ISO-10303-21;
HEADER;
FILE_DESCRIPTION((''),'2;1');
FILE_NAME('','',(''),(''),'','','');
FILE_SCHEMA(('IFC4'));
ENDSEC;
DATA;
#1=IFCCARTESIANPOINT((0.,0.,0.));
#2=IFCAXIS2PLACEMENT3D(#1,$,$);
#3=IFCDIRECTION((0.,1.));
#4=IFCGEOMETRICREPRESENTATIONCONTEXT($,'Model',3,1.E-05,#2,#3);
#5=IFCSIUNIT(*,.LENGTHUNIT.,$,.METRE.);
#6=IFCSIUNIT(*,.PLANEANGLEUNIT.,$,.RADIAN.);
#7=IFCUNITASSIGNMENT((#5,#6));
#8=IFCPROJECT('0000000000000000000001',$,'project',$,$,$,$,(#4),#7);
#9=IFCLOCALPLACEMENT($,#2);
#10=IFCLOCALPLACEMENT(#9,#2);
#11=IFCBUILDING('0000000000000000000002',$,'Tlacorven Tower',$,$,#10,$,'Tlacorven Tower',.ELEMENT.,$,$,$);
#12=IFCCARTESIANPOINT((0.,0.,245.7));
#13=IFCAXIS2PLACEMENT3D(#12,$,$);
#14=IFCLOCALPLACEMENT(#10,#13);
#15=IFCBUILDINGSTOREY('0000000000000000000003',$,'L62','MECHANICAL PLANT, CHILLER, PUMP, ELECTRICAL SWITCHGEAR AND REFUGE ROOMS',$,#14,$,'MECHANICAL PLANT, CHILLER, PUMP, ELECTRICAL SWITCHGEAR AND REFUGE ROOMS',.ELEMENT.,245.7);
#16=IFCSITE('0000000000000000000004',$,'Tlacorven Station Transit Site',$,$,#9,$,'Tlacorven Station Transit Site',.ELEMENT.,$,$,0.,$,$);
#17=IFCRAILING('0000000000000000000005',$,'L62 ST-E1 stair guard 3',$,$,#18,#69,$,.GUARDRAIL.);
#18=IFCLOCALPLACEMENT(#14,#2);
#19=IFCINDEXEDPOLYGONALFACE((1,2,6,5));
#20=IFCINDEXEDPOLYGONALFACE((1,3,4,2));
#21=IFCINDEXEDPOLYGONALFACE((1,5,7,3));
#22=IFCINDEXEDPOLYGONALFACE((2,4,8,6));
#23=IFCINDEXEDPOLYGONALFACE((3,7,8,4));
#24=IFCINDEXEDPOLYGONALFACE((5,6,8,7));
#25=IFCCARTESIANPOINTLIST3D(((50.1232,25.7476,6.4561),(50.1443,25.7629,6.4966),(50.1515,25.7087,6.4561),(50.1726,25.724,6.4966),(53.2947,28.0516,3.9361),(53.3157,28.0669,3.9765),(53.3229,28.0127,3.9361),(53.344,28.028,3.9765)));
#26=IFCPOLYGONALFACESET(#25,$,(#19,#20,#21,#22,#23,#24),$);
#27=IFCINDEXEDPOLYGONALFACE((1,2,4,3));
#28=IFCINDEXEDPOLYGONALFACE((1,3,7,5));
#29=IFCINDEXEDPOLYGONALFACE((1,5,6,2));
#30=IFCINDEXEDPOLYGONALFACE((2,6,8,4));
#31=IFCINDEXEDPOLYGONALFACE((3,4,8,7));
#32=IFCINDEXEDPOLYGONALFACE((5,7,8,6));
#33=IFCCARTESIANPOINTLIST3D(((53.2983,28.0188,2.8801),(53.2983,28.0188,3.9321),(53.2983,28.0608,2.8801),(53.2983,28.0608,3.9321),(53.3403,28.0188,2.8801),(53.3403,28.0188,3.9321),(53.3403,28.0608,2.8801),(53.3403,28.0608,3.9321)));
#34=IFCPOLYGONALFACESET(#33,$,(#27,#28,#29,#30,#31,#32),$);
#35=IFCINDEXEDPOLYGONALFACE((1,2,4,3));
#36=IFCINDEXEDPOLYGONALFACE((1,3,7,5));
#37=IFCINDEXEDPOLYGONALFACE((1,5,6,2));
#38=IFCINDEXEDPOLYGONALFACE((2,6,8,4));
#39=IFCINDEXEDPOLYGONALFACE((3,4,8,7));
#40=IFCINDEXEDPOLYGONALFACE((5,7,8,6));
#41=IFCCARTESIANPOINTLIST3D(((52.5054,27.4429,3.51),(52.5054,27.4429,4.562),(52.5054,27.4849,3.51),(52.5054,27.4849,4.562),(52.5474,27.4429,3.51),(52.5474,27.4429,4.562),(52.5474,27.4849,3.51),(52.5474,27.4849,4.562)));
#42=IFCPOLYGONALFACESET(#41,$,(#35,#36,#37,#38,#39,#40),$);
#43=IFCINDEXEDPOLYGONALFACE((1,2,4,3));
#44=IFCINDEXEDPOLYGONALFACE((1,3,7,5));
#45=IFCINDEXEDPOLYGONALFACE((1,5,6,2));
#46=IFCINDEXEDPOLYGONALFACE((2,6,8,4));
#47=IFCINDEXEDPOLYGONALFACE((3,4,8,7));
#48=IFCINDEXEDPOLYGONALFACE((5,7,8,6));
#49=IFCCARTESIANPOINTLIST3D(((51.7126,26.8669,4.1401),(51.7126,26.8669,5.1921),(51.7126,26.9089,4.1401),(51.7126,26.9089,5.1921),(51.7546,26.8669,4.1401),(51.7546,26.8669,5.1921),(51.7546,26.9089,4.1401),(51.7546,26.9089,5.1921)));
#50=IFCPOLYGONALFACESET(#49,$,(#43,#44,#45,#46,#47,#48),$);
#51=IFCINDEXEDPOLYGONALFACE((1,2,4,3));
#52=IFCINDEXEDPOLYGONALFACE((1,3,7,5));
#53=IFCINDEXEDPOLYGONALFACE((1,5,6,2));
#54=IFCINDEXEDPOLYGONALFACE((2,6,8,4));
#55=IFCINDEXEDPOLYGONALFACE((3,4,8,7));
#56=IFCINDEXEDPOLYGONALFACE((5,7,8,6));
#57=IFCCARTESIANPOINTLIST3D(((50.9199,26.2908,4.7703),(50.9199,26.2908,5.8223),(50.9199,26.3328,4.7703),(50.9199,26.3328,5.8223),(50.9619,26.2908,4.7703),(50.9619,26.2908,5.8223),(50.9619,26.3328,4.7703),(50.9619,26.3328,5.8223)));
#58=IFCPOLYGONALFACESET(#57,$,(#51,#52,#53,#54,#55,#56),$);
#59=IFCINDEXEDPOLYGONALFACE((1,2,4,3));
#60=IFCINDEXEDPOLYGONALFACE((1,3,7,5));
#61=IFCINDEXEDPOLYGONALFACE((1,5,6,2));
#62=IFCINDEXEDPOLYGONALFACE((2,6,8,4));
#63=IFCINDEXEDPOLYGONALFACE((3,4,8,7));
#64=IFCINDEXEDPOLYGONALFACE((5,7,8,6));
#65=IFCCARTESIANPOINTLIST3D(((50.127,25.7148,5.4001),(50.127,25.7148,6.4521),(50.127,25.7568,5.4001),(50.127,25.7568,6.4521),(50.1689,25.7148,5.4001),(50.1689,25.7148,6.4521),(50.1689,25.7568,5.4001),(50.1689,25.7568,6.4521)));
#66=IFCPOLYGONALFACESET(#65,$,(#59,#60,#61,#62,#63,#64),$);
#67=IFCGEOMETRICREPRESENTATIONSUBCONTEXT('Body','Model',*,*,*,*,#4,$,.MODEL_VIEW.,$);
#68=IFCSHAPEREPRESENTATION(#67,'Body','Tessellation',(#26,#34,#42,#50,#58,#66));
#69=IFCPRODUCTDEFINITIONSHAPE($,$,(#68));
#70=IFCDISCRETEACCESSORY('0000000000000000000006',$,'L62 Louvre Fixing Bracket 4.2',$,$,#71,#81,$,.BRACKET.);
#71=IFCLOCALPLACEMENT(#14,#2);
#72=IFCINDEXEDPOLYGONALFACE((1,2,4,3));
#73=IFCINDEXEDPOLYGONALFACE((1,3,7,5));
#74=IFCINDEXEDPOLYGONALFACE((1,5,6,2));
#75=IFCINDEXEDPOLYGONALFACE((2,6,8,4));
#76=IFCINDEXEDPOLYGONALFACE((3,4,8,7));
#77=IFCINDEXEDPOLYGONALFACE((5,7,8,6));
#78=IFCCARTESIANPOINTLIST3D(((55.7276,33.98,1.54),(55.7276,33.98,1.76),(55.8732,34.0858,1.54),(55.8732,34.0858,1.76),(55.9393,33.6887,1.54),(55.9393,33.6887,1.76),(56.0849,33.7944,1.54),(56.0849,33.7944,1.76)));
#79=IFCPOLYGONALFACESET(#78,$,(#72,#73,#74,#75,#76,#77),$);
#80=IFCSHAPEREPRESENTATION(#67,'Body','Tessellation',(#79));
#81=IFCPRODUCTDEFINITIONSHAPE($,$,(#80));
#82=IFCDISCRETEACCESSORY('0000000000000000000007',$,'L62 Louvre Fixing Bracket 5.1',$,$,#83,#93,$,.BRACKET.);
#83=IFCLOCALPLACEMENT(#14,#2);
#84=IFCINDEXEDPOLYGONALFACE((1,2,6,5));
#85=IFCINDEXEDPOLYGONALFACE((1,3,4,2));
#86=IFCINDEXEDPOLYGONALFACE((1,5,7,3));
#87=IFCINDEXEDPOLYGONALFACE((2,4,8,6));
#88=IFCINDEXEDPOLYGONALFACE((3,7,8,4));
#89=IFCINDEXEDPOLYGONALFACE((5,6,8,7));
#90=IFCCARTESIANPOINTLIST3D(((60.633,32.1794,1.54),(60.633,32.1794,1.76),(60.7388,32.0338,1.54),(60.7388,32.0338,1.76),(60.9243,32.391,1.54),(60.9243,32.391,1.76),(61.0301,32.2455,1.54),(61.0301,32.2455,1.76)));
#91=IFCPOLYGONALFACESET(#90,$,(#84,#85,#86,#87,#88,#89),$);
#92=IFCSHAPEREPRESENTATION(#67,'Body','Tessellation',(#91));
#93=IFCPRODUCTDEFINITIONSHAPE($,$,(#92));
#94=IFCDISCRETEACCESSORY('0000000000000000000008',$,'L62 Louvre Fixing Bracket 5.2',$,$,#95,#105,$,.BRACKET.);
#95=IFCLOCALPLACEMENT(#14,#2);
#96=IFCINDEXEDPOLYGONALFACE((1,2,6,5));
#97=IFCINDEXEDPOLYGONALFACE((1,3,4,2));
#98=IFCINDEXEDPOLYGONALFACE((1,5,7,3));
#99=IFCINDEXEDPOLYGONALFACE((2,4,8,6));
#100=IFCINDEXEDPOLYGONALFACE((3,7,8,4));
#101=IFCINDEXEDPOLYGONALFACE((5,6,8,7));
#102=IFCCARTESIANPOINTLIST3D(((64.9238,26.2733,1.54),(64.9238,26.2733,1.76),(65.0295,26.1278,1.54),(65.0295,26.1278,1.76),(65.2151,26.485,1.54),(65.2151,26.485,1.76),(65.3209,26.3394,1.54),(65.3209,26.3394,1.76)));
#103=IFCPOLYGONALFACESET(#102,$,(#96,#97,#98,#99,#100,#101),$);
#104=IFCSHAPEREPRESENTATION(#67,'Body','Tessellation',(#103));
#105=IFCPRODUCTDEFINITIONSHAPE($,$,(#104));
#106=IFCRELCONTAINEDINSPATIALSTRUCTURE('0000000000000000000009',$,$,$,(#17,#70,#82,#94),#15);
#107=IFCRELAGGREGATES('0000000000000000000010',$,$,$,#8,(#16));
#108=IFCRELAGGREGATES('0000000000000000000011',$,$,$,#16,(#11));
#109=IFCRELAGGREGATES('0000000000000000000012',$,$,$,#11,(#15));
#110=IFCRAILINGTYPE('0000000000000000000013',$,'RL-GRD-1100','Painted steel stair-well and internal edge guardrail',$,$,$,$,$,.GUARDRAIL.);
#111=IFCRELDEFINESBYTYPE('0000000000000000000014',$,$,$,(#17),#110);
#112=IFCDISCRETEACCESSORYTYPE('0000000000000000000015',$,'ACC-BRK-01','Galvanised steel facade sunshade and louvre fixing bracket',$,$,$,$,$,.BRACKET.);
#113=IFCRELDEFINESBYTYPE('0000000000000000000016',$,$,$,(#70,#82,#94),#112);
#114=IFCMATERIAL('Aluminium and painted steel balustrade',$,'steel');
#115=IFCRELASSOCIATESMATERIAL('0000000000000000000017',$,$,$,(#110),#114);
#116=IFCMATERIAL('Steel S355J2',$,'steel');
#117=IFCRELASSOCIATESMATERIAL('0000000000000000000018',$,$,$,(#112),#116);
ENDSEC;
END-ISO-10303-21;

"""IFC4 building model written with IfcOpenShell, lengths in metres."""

from ifc_helpers import new_model, si_unit, direction, frame, origin, origin_2d, place, context, subcontext, project, spatial, rectangle, extrude, source, transform, mapped, material, type_object, element, save


model = new_model("IFC4")

# Units and contexts
model_context = context("Model", 3, precision=1e-05, world=origin(), true_north=direction((0.0, 1.0)))
body_context = subcontext(model_context, "Body", "Model", "MODEL_VIEW")
ifc_project = project(units=[si_unit("LENGTHUNIT", "METRE"), si_unit("PLANEANGLEUNIT", "RADIAN")], contexts=[model_context])

# Site, building, storey
site_placement = place(None, origin())
site = spatial("IfcSite", under=ifc_project, at=site_placement, Name="Tlacorven Station Transit Site", LongName="Tlacorven Station Transit Site", CompositionType="ELEMENT", RefElevation=0.0)
building_placement = place(site_placement, origin())
building = spatial("IfcBuilding", under=site, at=building_placement, Name="Tlacorven Tower", LongName="Tlacorven Tower", CompositionType="ELEMENT")
storey_placement = place(building_placement, frame((0.0, 0.0, 245.7)))
storey = spatial("IfcBuildingStorey", under=building, at=storey_placement, Name="L62", Description="MECHANICAL PLANT, CHILLER, PUMP, ELECTRICAL SWITCHGEAR AND REFUGE ROOMS", LongName="MECHANICAL PLANT, CHILLER, PUMP, ELECTRICAL SWITCHGEAR AND REFUGE ROOMS", CompositionType="ELEMENT", Elevation=245.7)

# Shared definitions
ifc_material_1 = material(Name="Steel S355J2", Category="steel")

# Shared definitions
ifc_material_2 = material(Name="Aluminium and painted steel balustrade", Category="steel")
railing_type = type_object("IfcRailingType", Name="RL-GRD-1100", Description="Painted steel stair-well and internal edge guardrail", PredefinedType="GUARDRAIL", material=ifc_material_2)

# Railing
shared_shape_1 = source(origin(), body_context, "Body", "SweptSolid", [
    extrude(rectangle(XDim=0.0481, YDim=0.0481, at=origin_2d()), frame((0.0, 0.0, 1.0762), z_axis=(-0.680543, -0.494402, 0.540767), x_axis=(0.587753, -0.80904, 0.0)), (0.0, 0.0, 1.0), 4.6602),
    extrude(rectangle(XDim=0.042, YDim=0.042, at=origin_2d()), origin(), (0.0, 0.0, 1.0), 1.052),
    extrude(rectangle(XDim=0.042, YDim=0.042, at=origin_2d()), frame((-0.793, -0.5759, 0.6299)), (0.0, 0.0, 1.0), 1.052),
    extrude(rectangle(XDim=0.042, YDim=0.042, at=origin_2d()), frame((-1.5857, -1.1519, 1.26)), (0.0, 0.0, 1.0), 1.052),
    extrude(rectangle(XDim=0.042, YDim=0.042, at=origin_2d()), frame((-2.3784, -1.728, 1.8901)), (0.0, 0.0, 1.0), 1.052),
    extrude(rectangle(XDim=0.042, YDim=0.042, at=origin_2d()), frame((-3.1714, -2.304, 2.52)), (0.0, 0.0, 1.0), 1.052),
])
railing_1_placement = place(storey_placement, frame((53.3193, 28.0398, 2.8801)))
element("IfcRailing", 1, at=railing_1_placement, inside=storey, type_object=railing_type, Name="L62 ST-E1 stair guard 3", PredefinedType="GUARDRAIL", context=body_context, shape_type="MappedRepresentation", body=[
    mapped(shared_shape_1, transform((0.0, 0.0, 0.0), scale=1.0)),
])

# Discrete accessories
discrete_accessory_type = type_object("IfcDiscreteAccessoryType", Name="ACC-BRK-01", Description="Galvanised steel facade sunshade and louvre fixing bracket", PredefinedType="BRACKET", material=ifc_material_1)
shared_shape_2 = source(origin(), body_context, "Body", "SweptSolid", [
    extrude(rectangle(XDim=0.1799, YDim=0.3601, at=origin_2d()), origin(), (0.0, 0.0, 1.0), 0.22),
])
for number, where, z_axis, x_axis, name in (
    (2, (55.9062, 33.8872, 1.54), (0.0, 0.0, 1.0), (0.809017, 0.587785, 0.0), "L62 Louvre Fixing Bracket 4.2"),
    (3, (60.8315, 32.2124, 1.54), (0.0, 0.0, 1.0), (0.587785, -0.809017, 0.0), "L62 Louvre Fixing Bracket 5.1"),
    (4, (65.1223, 26.3064, 1.54), (0.0, 0.0, 1.0), (0.587785, -0.809017, 0.0), "L62 Louvre Fixing Bracket 5.2"),
):
    element("IfcDiscreteAccessory", number, at=place(storey_placement, frame(where, z_axis=z_axis, x_axis=x_axis)), inside=storey, type_object=discrete_accessory_type, Name=name, PredefinedType="BRACKET", context=body_context, shape_type="MappedRepresentation", body=[
        mapped(shared_shape_2, transform((0.0, 0.0, 0.0), scale=1.0)),
    ])

save(model, "model.ifc")
